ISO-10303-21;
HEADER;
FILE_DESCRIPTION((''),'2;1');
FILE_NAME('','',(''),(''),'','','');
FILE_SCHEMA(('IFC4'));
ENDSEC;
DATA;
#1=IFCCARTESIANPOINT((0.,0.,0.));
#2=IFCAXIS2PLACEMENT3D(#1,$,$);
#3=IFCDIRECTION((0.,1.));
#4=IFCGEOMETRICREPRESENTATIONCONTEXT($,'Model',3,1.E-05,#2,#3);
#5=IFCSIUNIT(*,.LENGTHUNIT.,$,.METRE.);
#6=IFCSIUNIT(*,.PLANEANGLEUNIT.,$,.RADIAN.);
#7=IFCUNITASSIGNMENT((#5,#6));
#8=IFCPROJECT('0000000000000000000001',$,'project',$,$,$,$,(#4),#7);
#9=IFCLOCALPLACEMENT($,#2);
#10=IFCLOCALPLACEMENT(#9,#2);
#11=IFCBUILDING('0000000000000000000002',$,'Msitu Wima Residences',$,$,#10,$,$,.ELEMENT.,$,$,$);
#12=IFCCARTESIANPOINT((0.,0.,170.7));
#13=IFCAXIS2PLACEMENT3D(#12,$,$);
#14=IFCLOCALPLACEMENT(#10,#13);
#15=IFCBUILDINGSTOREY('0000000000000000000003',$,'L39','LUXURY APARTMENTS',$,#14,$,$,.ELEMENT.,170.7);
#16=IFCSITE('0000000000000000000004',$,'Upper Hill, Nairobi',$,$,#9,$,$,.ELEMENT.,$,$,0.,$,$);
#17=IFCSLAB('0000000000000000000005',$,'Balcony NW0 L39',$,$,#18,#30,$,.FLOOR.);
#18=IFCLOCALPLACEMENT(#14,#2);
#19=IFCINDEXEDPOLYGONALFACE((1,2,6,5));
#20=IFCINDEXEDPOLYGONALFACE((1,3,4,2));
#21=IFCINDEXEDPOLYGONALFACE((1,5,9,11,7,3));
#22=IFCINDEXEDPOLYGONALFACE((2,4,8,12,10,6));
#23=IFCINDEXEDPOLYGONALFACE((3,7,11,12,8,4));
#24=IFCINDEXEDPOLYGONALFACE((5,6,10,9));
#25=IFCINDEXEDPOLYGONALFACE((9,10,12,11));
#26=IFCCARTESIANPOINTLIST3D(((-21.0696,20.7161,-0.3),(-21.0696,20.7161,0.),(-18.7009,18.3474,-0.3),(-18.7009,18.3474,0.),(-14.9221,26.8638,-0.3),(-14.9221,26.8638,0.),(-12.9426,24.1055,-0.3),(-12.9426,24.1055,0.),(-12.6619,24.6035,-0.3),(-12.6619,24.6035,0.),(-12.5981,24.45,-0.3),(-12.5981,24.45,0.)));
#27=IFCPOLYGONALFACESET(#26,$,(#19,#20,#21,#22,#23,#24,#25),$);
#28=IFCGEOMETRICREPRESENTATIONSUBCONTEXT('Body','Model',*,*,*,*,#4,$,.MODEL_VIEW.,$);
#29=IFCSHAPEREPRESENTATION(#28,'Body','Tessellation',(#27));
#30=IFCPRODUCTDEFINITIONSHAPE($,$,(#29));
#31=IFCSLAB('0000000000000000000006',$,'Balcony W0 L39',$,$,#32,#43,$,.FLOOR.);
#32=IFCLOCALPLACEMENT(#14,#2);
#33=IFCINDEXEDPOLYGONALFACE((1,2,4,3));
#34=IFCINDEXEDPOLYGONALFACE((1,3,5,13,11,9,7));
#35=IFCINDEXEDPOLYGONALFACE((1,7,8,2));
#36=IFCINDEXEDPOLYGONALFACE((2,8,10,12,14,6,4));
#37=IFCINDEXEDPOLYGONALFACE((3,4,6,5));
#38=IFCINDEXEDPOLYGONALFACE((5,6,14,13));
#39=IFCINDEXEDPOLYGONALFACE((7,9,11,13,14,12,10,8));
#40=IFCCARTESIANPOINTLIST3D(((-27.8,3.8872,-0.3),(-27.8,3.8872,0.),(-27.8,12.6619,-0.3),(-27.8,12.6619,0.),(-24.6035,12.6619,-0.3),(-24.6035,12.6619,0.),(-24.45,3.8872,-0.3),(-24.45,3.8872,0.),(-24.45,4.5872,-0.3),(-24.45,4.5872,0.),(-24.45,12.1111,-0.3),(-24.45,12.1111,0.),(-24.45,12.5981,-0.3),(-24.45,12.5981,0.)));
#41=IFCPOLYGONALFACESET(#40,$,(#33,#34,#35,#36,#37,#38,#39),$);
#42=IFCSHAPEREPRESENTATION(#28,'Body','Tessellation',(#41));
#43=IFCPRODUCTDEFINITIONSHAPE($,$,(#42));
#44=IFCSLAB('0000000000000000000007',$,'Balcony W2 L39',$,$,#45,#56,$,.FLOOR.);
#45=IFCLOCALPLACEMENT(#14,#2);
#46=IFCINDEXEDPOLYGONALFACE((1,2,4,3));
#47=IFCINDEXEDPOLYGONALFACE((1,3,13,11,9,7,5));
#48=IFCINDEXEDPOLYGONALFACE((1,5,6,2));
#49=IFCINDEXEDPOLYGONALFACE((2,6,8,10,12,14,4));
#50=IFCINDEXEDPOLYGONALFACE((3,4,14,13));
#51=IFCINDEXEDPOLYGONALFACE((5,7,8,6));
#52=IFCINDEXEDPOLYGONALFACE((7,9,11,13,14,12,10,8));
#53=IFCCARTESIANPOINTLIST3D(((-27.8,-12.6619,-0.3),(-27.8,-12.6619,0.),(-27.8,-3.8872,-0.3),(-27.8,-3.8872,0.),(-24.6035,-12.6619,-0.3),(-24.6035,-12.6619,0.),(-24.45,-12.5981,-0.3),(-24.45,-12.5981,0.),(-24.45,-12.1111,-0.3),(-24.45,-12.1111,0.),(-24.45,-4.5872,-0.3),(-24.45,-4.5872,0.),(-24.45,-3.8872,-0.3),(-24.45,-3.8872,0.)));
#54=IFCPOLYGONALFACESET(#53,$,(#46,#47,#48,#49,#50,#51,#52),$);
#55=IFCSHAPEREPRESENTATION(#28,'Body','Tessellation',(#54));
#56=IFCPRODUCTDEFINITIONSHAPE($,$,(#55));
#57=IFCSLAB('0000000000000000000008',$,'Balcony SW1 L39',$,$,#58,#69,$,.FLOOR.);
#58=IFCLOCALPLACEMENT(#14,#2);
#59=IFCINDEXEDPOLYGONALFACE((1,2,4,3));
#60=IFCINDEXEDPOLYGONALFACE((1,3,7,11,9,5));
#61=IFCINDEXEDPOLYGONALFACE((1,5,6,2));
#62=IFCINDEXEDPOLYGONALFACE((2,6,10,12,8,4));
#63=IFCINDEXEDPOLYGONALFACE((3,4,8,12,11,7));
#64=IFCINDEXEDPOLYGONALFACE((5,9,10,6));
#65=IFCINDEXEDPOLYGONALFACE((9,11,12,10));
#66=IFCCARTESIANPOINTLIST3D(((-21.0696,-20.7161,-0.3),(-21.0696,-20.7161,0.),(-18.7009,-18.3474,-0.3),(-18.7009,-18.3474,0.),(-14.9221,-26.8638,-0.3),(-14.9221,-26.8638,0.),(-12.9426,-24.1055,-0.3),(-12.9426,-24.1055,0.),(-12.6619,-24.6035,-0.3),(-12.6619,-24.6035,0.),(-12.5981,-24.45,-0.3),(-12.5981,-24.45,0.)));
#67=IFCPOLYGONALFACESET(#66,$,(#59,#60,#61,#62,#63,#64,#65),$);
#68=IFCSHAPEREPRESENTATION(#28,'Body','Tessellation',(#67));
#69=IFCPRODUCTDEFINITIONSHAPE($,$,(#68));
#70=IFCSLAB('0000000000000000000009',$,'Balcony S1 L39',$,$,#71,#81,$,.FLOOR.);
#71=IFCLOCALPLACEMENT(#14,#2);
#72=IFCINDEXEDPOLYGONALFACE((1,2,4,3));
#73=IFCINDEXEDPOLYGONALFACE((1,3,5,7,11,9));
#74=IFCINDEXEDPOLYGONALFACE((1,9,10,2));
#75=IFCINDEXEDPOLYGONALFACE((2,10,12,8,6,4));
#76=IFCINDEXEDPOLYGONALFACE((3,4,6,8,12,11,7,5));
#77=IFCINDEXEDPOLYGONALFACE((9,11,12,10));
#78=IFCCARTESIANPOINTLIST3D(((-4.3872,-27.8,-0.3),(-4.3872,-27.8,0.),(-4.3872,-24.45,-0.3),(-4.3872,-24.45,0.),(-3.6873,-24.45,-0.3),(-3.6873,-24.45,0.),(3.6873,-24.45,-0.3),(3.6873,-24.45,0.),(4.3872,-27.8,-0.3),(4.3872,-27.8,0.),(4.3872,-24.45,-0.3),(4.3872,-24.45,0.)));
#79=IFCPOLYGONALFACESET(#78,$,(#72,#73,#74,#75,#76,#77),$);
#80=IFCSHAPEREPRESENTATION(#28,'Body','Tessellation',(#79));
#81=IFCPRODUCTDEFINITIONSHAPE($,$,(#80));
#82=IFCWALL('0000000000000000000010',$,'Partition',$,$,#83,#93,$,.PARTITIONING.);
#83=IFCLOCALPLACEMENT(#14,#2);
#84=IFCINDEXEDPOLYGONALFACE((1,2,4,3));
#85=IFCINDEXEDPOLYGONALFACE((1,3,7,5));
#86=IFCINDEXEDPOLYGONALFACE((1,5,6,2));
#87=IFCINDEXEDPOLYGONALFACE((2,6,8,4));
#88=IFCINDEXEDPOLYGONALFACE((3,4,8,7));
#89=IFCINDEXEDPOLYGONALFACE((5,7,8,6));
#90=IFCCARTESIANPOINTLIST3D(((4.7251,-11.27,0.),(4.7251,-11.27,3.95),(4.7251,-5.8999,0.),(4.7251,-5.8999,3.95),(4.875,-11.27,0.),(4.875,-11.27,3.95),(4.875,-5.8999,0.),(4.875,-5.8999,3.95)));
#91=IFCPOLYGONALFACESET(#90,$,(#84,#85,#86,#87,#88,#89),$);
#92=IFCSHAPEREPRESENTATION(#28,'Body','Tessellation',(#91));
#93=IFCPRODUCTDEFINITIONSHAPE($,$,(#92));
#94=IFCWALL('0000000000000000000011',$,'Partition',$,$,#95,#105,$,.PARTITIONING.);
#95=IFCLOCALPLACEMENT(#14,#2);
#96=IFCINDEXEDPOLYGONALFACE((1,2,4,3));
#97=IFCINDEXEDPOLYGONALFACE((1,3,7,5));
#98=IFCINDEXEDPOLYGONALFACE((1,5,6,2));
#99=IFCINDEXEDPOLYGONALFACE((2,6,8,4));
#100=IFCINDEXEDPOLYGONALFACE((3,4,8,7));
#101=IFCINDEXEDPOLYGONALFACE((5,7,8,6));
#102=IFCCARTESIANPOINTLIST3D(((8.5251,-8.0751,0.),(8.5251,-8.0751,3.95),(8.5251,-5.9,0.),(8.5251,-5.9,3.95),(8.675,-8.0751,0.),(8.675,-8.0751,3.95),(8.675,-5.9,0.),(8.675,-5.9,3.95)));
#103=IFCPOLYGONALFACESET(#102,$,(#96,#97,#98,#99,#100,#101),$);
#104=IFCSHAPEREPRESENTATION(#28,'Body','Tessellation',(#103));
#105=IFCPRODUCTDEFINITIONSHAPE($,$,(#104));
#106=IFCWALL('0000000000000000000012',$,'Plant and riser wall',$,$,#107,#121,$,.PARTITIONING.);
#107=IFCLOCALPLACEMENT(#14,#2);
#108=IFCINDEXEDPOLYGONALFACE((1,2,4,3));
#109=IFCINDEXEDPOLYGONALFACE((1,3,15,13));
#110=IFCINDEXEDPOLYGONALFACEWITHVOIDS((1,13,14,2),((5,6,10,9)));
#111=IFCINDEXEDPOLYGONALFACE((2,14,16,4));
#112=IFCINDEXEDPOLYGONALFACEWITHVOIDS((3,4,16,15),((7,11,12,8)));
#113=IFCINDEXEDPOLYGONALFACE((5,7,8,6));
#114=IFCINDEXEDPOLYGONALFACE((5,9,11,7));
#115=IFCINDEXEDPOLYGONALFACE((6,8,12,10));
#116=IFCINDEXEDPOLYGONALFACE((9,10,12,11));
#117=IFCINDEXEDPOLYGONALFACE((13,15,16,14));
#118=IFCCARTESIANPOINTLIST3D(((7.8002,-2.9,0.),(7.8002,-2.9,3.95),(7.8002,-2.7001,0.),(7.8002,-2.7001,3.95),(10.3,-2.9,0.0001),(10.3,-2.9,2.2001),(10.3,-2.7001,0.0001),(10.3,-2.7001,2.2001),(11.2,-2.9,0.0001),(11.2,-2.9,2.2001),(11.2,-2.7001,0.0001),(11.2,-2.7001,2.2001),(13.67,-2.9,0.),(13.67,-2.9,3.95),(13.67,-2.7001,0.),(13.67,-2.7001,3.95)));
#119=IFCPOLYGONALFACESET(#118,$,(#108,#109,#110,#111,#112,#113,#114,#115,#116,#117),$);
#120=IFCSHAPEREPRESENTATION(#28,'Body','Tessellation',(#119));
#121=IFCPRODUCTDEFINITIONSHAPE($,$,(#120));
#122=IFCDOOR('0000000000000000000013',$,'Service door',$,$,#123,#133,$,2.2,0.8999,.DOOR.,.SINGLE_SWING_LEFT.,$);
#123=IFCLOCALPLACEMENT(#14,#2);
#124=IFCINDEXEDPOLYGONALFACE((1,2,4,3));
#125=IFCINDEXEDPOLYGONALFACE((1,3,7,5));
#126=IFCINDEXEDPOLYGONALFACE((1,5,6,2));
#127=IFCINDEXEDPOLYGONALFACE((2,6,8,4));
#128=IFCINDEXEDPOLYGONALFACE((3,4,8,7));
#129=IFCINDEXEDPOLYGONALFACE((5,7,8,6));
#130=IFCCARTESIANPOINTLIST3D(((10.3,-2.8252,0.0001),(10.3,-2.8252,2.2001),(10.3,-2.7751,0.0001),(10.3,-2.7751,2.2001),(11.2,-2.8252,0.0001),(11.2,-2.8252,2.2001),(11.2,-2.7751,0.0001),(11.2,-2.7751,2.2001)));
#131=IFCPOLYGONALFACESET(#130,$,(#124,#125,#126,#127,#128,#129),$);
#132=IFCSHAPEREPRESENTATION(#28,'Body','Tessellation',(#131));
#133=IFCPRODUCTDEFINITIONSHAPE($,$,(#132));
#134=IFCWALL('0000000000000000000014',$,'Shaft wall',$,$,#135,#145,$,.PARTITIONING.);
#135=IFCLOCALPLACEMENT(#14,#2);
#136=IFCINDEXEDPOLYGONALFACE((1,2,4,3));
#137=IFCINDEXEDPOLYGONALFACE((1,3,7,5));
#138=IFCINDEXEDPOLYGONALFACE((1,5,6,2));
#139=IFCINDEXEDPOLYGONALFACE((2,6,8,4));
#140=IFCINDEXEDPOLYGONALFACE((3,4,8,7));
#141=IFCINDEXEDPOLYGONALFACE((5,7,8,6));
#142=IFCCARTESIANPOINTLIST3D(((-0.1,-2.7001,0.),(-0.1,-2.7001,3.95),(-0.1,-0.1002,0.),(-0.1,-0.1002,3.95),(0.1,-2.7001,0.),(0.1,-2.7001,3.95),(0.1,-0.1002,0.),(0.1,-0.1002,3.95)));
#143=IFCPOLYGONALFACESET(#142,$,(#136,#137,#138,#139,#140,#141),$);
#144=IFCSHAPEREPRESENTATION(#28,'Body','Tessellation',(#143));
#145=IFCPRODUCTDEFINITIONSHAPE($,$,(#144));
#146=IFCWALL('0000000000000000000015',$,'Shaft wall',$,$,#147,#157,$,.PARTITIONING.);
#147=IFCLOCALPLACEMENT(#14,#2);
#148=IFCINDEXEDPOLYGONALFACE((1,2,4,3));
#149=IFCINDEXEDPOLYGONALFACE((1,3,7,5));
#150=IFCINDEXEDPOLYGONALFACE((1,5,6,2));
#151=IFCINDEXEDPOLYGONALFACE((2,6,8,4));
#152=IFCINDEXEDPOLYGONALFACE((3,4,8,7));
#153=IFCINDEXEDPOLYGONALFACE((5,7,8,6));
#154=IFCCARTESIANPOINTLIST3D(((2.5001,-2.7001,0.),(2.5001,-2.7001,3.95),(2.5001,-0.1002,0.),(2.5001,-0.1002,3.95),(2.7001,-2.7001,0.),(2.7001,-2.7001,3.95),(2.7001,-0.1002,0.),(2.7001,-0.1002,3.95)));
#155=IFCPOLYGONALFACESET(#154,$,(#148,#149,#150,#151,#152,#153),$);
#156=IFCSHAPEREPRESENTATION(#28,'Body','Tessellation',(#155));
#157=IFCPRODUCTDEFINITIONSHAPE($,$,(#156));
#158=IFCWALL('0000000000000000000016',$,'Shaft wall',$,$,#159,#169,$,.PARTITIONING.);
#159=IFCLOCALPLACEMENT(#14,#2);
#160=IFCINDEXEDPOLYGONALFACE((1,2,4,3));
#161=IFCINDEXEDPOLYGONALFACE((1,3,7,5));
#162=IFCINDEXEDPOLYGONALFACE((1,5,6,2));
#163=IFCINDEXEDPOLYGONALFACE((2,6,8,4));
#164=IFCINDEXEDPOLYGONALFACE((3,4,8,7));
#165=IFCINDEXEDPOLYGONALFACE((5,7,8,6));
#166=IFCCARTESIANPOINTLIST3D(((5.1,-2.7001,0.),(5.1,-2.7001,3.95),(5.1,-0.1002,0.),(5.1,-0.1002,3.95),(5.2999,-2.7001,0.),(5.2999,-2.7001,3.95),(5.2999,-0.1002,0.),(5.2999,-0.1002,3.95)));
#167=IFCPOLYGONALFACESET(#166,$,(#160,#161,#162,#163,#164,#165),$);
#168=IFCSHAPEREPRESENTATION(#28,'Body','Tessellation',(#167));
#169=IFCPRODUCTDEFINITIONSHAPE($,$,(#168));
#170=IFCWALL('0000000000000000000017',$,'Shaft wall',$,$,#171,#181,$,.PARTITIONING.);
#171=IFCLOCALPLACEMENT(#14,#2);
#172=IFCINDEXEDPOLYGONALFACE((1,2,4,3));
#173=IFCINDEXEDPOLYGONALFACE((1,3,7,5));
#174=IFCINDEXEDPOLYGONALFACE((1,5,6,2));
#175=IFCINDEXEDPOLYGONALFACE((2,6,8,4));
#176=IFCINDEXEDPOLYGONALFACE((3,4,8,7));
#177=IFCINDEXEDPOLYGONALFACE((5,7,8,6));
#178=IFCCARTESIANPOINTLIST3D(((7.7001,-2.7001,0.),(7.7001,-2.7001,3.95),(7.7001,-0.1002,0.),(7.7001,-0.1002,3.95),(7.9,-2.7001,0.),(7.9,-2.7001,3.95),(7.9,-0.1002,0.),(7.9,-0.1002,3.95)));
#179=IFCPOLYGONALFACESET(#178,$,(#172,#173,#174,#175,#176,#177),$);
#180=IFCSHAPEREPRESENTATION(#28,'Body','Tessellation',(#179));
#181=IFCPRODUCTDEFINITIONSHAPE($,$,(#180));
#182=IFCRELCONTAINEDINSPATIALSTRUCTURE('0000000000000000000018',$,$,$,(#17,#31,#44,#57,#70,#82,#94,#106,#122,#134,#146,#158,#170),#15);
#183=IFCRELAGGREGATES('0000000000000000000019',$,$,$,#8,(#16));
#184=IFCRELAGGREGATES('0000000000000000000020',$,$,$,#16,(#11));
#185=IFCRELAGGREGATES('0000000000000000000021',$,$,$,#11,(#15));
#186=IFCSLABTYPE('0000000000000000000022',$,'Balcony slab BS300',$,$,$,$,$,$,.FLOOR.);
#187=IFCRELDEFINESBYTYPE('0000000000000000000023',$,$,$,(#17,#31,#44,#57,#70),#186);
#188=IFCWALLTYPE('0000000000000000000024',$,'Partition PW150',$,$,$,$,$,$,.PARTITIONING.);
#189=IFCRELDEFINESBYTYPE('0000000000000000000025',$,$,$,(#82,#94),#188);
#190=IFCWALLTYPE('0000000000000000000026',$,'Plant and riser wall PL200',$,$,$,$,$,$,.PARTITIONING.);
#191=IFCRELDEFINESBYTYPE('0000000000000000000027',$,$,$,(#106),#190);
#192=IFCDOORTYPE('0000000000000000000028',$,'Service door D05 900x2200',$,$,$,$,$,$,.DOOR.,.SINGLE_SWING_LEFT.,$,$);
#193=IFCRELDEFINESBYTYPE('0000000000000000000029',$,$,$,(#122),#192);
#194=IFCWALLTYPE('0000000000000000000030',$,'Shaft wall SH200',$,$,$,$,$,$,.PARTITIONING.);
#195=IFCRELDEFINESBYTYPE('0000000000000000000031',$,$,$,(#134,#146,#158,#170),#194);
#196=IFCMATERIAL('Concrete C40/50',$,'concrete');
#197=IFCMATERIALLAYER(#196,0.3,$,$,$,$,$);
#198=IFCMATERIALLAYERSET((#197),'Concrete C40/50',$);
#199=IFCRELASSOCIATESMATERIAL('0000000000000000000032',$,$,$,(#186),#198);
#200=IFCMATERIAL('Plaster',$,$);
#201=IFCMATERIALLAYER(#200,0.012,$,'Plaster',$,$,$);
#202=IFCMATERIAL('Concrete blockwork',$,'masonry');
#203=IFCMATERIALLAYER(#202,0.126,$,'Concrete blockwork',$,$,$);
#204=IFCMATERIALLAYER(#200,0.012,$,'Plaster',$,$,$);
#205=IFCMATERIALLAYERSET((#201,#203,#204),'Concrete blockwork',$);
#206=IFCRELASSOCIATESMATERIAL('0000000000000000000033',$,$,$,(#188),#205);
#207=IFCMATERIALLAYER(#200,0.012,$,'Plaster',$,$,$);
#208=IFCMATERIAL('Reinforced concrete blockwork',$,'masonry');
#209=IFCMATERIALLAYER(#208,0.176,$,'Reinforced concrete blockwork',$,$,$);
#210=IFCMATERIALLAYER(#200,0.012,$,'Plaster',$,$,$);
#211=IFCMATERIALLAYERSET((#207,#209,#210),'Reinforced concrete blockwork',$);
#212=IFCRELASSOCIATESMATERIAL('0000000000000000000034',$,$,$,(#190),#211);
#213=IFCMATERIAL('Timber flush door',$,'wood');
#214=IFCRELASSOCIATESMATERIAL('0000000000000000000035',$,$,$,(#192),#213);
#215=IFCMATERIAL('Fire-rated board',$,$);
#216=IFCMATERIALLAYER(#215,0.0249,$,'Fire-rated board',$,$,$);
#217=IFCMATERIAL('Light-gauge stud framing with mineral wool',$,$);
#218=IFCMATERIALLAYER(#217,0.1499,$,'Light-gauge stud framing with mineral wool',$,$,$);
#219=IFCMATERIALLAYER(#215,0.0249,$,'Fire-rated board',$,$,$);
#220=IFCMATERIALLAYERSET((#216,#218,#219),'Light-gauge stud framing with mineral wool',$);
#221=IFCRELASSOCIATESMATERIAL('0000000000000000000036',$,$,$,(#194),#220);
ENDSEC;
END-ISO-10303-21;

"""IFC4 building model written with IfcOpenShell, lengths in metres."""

from ifc_helpers import new_model, si_unit, direction, frame, frame_2d, origin, place, context, subcontext, project, spatial, polyline, rectangle, outline, extrude, material, layer, layer_set, type_object, element, fill, save


model = new_model("IFC4")

# Units and contexts
model_context = context("Model", 3, precision=1e-05, world=origin(), true_north=direction((0.0, 1.0)))
body_context = subcontext(model_context, "Body", "Model", "MODEL_VIEW")
ifc_project = project(units=[si_unit("LENGTHUNIT", "METRE"), si_unit("PLANEANGLEUNIT", "RADIAN")], contexts=[model_context])

# Site, building, storey
site_placement = place(None, origin())
site = spatial("IfcSite", under=ifc_project, at=site_placement, Name="Upper Hill, Nairobi", CompositionType="ELEMENT", RefElevation=0.0)
building_placement = place(site_placement, origin())
building = spatial("IfcBuilding", under=site, at=building_placement, Name="Msitu Wima Residences", CompositionType="ELEMENT")
storey_placement = place(building_placement, frame((0.0, 0.0, 170.7)))
storey = spatial("IfcBuildingStorey", under=building, at=storey_placement, Name="L39", Description="LUXURY APARTMENTS", CompositionType="ELEMENT", Elevation=170.7)

# Slabs
ifc_material_1 = material(Name="Concrete C40/50", Category="concrete")
ifc_layer_1 = layer(ifc_material_1, 0.3)
ifc_layer_set_1 = layer_set([ifc_layer_1], Name="Concrete C40/50")
slab_type = type_object("IfcSlabType", Name="Balcony slab BS300", PredefinedType="FLOOR", material=ifc_layer_set_1)
slab_1_placement = place(storey_placement, frame((0.0, 0.0, -0.3)))
element("IfcSlab", 1, at=slab_1_placement, inside=storey, type_object=slab_type, Name="Balcony NW0 L39", PredefinedType="FLOOR", context=body_context, shape_type="SweptSolid", body=[
    extrude(outline(polyline([(-12.9426, 24.1055), (-12.9426, 24.1055), (-18.7009, 18.3474), (-21.0696, 20.7161), (-14.9221, 26.8638), (-12.6619, 24.6035), (-12.5981, 24.45), (-12.9426, 24.1055), (-12.9426, 24.1055)])), origin(), (0.0, 0.0, 1.0), 0.3),
])
slab_2_placement = place(storey_placement, frame((0.0, 0.0, -0.3)))
element("IfcSlab", 2, at=slab_2_placement, inside=storey, type_object=slab_type, Name="Balcony W0 L39", PredefinedType="FLOOR", context=body_context, shape_type="SweptSolid", body=[
    extrude(outline(polyline([(-24.45, 12.1111), (-24.45, 12.1111), (-24.45, 4.5872), (-24.45, 3.8872), (-27.8, 3.8872), (-27.8, 12.6619), (-24.6035, 12.6619), (-24.45, 12.5981), (-24.45, 12.1111), (-24.45, 12.1111)])), origin(), (0.0, 0.0, 1.0), 0.3),
])
slab_3_placement = place(storey_placement, frame((0.0, 0.0, -0.3)))
element("IfcSlab", 3, at=slab_3_placement, inside=storey, type_object=slab_type, Name="Balcony W2 L39", PredefinedType="FLOOR", context=body_context, shape_type="SweptSolid", body=[
    extrude(outline(polyline([(-24.45, -12.1111), (-24.45, -12.1111), (-24.45, -12.5981), (-24.6035, -12.6619), (-27.8, -12.6619), (-27.8, -3.8872), (-24.45, -3.8872), (-24.45, -4.5872), (-24.45, -4.5872), (-24.45, -12.1111), (-24.45, -12.1111)])), origin(), (0.0, 0.0, 1.0), 0.3),
])
slab_4_placement = place(storey_placement, frame((0.0, 0.0, -0.3)))
element("IfcSlab", 4, at=slab_4_placement, inside=storey, type_object=slab_type, Name="Balcony SW1 L39", PredefinedType="FLOOR", context=body_context, shape_type="SweptSolid", body=[
    extrude(outline(polyline([(-12.9426, -24.1055), (-12.9426, -24.1055), (-12.5981, -24.45), (-12.6619, -24.6035), (-14.9221, -26.8638), (-21.0696, -20.7161), (-18.7009, -18.3474), (-12.9426, -24.1055), (-12.9426, -24.1055)])), origin(), (0.0, 0.0, 1.0), 0.3),
])
slab_5_placement = place(storey_placement, frame((0.0, 0.0, -0.3)))
element("IfcSlab", 5, at=slab_5_placement, inside=storey, type_object=slab_type, Name="Balcony S1 L39", PredefinedType="FLOOR", context=body_context, shape_type="SweptSolid", body=[
    extrude(outline(polyline([(-3.6873, -24.45), (3.6873, -24.45), (4.3872, -24.45), (4.3872, -27.8), (-4.3872, -27.8), (-4.3872, -24.45), (-3.6873, -24.45)])), origin(), (0.0, 0.0, 1.0), 0.3),
])

# Walls
ifc_material_2 = material(Name="Plaster")
ifc_layer_2 = layer(ifc_material_2, 0.012, Name="Plaster")
ifc_material_3 = material(Name="Concrete blockwork", Category="masonry")
ifc_layer_3 = layer(ifc_material_3, 0.126, Name="Concrete blockwork")
ifc_layer_4 = layer(ifc_material_2, 0.012, Name="Plaster")
ifc_layer_set_2 = layer_set([ifc_layer_2, ifc_layer_3, ifc_layer_4], Name="Concrete blockwork")
wall_type_1 = type_object("IfcWallType", Name="Partition PW150", PredefinedType="PARTITIONING", material=ifc_layer_set_2)
wall_1_placement = place(storey_placement, frame((4.8, -11.27, 0.0), z_axis=(0.0, 0.0, 1.0), x_axis=(0.0, 1.0, 0.0)))
element("IfcWall", 6, at=wall_1_placement, inside=storey, type_object=wall_type_1, Name="Partition", PredefinedType="PARTITIONING", context=body_context, shape_type="SweptSolid", body=[
    extrude(rectangle(XDim=5.3701, YDim=0.1499, at=frame_2d((2.6851, 0.0))), origin(), (0.0, 0.0, 1.0), 3.95),
])
wall_2_placement = place(storey_placement, frame((8.6001, -8.075, 0.0), z_axis=(0.0, 0.0, 1.0), x_axis=(0.0, 1.0, 0.0)))
element("IfcWall", 7, at=wall_2_placement, inside=storey, type_object=wall_type_1, Name="Partition", PredefinedType="PARTITIONING", context=body_context, shape_type="SweptSolid", body=[
    extrude(rectangle(XDim=2.175, YDim=0.1499, at=frame_2d((1.0874, 0.0))), origin(), (0.0, 0.0, 1.0), 3.95),
])

# Wall, opening, door
ifc_layer_5 = layer(ifc_material_2, 0.012, Name="Plaster")
ifc_material_4 = material(Name="Reinforced concrete blockwork", Category="masonry")
ifc_layer_6 = layer(ifc_material_4, 0.176, Name="Reinforced concrete blockwork")
ifc_layer_7 = layer(ifc_material_2, 0.012, Name="Plaster")
ifc_layer_set_3 = layer_set([ifc_layer_5, ifc_layer_6, ifc_layer_7], Name="Reinforced concrete blockwork")
wall_type_2 = type_object("IfcWallType", Name="Plant and riser wall PL200", PredefinedType="PARTITIONING", material=ifc_layer_set_3)
wall_3_placement = place(storey_placement, frame((7.8, -2.8, 0.0), z_axis=(0.0, 0.0, 1.0), x_axis=(1.0, 0.0, 0.0)))
wall_3 = element("IfcWall", 8, at=wall_3_placement, inside=storey, type_object=wall_type_2, Name="Plant and riser wall", PredefinedType="PARTITIONING", context=body_context, shape_type="SweptSolid", body=[
    extrude(rectangle(XDim=5.8699, YDim=0.2, at=frame_2d((2.9351, 0.0))), origin(), (0.0, 0.0, 1.0), 3.95),
])
opening_placement = place(wall_3_placement, frame((2.5, 0.0, 0.0)))
opening = element("IfcOpeningElement", 9, at=opening_placement, cuts=wall_3, PredefinedType="OPENING", context=body_context, shape_type="SweptSolid", body=[
    extrude(rectangle(XDim=0.8999, YDim=2.2, at=frame_2d((0.45, 1.1001))), frame((0.0, 0.1099, 0.0), z_axis=(0.0, -1.0, 0.0), x_axis=(1.0, 0.0, 0.0)), (0.0, 0.0, 1.0), 0.22),
])
ifc_material_5 = material(Name="Timber flush door", Category="wood")
door_type = type_object("IfcDoorType", Name="Service door D05 900x2200", OperationType="SINGLE_SWING_LEFT", PredefinedType="DOOR", material=ifc_material_5)
door_placement = place(opening_placement, origin())
door = element("IfcDoor", 10, at=door_placement, inside=storey, type_object=door_type, Name="Service door", OperationType="SINGLE_SWING_LEFT", OverallHeight=2.2, OverallWidth=0.8999, PredefinedType="DOOR", context=body_context, shape_type="SweptSolid", body=[
    extrude(rectangle(XDim=0.8999, YDim=2.2, at=frame_2d((0.45, 1.1001))), frame((0.0, 0.0249, 0.0), z_axis=(0.0, -1.0, 0.0), x_axis=(1.0, 0.0, 0.0)), (0.0, 0.0, 1.0), 0.05),
])
fill(opening, door)

# Walls
ifc_material_6 = material(Name="Fire-rated board")
ifc_layer_8 = layer(ifc_material_6, 0.0249, Name="Fire-rated board")
ifc_material_7 = material(Name="Light-gauge stud framing with mineral wool")
ifc_layer_9 = layer(ifc_material_7, 0.1499, Name="Light-gauge stud framing with mineral wool")
ifc_layer_10 = layer(ifc_material_6, 0.0249, Name="Fire-rated board")
ifc_layer_set_4 = layer_set([ifc_layer_8, ifc_layer_9, ifc_layer_10], Name="Light-gauge stud framing with mineral wool")
wall_type_3 = type_object("IfcWallType", Name="Shaft wall SH200", PredefinedType="PARTITIONING", material=ifc_layer_set_4)
for number, where, z_axis, x_axis, name in (
    (11, (0.0, -2.7, 0.0), (0.0, 0.0, 1.0), (0.0, 1.0, 0.0), "Shaft wall"),
    (12, (2.6001, -2.7, 0.0), (0.0, 0.0, 1.0), (0.0, 1.0, 0.0), "Shaft wall"),
    (13, (5.2, -2.7, 0.0), (0.0, 0.0, 1.0), (0.0, 1.0, 0.0), "Shaft wall"),
    (14, (7.8, -2.7, 0.0), (0.0, 0.0, 1.0), (0.0, 1.0, 0.0), "Shaft wall"),
):
    element("IfcWall", number, at=place(storey_placement, frame(where, z_axis=z_axis, x_axis=x_axis)), inside=storey, type_object=wall_type_3, Name=name, PredefinedType="PARTITIONING", context=body_context, shape_type="SweptSolid", body=[
        extrude(rectangle(XDim=2.5999, YDim=0.2, at=frame_2d((1.2998, 0.0))), origin(), (0.0, 0.0, 1.0), 3.95),
    ])

save(model, "model.ifc")
